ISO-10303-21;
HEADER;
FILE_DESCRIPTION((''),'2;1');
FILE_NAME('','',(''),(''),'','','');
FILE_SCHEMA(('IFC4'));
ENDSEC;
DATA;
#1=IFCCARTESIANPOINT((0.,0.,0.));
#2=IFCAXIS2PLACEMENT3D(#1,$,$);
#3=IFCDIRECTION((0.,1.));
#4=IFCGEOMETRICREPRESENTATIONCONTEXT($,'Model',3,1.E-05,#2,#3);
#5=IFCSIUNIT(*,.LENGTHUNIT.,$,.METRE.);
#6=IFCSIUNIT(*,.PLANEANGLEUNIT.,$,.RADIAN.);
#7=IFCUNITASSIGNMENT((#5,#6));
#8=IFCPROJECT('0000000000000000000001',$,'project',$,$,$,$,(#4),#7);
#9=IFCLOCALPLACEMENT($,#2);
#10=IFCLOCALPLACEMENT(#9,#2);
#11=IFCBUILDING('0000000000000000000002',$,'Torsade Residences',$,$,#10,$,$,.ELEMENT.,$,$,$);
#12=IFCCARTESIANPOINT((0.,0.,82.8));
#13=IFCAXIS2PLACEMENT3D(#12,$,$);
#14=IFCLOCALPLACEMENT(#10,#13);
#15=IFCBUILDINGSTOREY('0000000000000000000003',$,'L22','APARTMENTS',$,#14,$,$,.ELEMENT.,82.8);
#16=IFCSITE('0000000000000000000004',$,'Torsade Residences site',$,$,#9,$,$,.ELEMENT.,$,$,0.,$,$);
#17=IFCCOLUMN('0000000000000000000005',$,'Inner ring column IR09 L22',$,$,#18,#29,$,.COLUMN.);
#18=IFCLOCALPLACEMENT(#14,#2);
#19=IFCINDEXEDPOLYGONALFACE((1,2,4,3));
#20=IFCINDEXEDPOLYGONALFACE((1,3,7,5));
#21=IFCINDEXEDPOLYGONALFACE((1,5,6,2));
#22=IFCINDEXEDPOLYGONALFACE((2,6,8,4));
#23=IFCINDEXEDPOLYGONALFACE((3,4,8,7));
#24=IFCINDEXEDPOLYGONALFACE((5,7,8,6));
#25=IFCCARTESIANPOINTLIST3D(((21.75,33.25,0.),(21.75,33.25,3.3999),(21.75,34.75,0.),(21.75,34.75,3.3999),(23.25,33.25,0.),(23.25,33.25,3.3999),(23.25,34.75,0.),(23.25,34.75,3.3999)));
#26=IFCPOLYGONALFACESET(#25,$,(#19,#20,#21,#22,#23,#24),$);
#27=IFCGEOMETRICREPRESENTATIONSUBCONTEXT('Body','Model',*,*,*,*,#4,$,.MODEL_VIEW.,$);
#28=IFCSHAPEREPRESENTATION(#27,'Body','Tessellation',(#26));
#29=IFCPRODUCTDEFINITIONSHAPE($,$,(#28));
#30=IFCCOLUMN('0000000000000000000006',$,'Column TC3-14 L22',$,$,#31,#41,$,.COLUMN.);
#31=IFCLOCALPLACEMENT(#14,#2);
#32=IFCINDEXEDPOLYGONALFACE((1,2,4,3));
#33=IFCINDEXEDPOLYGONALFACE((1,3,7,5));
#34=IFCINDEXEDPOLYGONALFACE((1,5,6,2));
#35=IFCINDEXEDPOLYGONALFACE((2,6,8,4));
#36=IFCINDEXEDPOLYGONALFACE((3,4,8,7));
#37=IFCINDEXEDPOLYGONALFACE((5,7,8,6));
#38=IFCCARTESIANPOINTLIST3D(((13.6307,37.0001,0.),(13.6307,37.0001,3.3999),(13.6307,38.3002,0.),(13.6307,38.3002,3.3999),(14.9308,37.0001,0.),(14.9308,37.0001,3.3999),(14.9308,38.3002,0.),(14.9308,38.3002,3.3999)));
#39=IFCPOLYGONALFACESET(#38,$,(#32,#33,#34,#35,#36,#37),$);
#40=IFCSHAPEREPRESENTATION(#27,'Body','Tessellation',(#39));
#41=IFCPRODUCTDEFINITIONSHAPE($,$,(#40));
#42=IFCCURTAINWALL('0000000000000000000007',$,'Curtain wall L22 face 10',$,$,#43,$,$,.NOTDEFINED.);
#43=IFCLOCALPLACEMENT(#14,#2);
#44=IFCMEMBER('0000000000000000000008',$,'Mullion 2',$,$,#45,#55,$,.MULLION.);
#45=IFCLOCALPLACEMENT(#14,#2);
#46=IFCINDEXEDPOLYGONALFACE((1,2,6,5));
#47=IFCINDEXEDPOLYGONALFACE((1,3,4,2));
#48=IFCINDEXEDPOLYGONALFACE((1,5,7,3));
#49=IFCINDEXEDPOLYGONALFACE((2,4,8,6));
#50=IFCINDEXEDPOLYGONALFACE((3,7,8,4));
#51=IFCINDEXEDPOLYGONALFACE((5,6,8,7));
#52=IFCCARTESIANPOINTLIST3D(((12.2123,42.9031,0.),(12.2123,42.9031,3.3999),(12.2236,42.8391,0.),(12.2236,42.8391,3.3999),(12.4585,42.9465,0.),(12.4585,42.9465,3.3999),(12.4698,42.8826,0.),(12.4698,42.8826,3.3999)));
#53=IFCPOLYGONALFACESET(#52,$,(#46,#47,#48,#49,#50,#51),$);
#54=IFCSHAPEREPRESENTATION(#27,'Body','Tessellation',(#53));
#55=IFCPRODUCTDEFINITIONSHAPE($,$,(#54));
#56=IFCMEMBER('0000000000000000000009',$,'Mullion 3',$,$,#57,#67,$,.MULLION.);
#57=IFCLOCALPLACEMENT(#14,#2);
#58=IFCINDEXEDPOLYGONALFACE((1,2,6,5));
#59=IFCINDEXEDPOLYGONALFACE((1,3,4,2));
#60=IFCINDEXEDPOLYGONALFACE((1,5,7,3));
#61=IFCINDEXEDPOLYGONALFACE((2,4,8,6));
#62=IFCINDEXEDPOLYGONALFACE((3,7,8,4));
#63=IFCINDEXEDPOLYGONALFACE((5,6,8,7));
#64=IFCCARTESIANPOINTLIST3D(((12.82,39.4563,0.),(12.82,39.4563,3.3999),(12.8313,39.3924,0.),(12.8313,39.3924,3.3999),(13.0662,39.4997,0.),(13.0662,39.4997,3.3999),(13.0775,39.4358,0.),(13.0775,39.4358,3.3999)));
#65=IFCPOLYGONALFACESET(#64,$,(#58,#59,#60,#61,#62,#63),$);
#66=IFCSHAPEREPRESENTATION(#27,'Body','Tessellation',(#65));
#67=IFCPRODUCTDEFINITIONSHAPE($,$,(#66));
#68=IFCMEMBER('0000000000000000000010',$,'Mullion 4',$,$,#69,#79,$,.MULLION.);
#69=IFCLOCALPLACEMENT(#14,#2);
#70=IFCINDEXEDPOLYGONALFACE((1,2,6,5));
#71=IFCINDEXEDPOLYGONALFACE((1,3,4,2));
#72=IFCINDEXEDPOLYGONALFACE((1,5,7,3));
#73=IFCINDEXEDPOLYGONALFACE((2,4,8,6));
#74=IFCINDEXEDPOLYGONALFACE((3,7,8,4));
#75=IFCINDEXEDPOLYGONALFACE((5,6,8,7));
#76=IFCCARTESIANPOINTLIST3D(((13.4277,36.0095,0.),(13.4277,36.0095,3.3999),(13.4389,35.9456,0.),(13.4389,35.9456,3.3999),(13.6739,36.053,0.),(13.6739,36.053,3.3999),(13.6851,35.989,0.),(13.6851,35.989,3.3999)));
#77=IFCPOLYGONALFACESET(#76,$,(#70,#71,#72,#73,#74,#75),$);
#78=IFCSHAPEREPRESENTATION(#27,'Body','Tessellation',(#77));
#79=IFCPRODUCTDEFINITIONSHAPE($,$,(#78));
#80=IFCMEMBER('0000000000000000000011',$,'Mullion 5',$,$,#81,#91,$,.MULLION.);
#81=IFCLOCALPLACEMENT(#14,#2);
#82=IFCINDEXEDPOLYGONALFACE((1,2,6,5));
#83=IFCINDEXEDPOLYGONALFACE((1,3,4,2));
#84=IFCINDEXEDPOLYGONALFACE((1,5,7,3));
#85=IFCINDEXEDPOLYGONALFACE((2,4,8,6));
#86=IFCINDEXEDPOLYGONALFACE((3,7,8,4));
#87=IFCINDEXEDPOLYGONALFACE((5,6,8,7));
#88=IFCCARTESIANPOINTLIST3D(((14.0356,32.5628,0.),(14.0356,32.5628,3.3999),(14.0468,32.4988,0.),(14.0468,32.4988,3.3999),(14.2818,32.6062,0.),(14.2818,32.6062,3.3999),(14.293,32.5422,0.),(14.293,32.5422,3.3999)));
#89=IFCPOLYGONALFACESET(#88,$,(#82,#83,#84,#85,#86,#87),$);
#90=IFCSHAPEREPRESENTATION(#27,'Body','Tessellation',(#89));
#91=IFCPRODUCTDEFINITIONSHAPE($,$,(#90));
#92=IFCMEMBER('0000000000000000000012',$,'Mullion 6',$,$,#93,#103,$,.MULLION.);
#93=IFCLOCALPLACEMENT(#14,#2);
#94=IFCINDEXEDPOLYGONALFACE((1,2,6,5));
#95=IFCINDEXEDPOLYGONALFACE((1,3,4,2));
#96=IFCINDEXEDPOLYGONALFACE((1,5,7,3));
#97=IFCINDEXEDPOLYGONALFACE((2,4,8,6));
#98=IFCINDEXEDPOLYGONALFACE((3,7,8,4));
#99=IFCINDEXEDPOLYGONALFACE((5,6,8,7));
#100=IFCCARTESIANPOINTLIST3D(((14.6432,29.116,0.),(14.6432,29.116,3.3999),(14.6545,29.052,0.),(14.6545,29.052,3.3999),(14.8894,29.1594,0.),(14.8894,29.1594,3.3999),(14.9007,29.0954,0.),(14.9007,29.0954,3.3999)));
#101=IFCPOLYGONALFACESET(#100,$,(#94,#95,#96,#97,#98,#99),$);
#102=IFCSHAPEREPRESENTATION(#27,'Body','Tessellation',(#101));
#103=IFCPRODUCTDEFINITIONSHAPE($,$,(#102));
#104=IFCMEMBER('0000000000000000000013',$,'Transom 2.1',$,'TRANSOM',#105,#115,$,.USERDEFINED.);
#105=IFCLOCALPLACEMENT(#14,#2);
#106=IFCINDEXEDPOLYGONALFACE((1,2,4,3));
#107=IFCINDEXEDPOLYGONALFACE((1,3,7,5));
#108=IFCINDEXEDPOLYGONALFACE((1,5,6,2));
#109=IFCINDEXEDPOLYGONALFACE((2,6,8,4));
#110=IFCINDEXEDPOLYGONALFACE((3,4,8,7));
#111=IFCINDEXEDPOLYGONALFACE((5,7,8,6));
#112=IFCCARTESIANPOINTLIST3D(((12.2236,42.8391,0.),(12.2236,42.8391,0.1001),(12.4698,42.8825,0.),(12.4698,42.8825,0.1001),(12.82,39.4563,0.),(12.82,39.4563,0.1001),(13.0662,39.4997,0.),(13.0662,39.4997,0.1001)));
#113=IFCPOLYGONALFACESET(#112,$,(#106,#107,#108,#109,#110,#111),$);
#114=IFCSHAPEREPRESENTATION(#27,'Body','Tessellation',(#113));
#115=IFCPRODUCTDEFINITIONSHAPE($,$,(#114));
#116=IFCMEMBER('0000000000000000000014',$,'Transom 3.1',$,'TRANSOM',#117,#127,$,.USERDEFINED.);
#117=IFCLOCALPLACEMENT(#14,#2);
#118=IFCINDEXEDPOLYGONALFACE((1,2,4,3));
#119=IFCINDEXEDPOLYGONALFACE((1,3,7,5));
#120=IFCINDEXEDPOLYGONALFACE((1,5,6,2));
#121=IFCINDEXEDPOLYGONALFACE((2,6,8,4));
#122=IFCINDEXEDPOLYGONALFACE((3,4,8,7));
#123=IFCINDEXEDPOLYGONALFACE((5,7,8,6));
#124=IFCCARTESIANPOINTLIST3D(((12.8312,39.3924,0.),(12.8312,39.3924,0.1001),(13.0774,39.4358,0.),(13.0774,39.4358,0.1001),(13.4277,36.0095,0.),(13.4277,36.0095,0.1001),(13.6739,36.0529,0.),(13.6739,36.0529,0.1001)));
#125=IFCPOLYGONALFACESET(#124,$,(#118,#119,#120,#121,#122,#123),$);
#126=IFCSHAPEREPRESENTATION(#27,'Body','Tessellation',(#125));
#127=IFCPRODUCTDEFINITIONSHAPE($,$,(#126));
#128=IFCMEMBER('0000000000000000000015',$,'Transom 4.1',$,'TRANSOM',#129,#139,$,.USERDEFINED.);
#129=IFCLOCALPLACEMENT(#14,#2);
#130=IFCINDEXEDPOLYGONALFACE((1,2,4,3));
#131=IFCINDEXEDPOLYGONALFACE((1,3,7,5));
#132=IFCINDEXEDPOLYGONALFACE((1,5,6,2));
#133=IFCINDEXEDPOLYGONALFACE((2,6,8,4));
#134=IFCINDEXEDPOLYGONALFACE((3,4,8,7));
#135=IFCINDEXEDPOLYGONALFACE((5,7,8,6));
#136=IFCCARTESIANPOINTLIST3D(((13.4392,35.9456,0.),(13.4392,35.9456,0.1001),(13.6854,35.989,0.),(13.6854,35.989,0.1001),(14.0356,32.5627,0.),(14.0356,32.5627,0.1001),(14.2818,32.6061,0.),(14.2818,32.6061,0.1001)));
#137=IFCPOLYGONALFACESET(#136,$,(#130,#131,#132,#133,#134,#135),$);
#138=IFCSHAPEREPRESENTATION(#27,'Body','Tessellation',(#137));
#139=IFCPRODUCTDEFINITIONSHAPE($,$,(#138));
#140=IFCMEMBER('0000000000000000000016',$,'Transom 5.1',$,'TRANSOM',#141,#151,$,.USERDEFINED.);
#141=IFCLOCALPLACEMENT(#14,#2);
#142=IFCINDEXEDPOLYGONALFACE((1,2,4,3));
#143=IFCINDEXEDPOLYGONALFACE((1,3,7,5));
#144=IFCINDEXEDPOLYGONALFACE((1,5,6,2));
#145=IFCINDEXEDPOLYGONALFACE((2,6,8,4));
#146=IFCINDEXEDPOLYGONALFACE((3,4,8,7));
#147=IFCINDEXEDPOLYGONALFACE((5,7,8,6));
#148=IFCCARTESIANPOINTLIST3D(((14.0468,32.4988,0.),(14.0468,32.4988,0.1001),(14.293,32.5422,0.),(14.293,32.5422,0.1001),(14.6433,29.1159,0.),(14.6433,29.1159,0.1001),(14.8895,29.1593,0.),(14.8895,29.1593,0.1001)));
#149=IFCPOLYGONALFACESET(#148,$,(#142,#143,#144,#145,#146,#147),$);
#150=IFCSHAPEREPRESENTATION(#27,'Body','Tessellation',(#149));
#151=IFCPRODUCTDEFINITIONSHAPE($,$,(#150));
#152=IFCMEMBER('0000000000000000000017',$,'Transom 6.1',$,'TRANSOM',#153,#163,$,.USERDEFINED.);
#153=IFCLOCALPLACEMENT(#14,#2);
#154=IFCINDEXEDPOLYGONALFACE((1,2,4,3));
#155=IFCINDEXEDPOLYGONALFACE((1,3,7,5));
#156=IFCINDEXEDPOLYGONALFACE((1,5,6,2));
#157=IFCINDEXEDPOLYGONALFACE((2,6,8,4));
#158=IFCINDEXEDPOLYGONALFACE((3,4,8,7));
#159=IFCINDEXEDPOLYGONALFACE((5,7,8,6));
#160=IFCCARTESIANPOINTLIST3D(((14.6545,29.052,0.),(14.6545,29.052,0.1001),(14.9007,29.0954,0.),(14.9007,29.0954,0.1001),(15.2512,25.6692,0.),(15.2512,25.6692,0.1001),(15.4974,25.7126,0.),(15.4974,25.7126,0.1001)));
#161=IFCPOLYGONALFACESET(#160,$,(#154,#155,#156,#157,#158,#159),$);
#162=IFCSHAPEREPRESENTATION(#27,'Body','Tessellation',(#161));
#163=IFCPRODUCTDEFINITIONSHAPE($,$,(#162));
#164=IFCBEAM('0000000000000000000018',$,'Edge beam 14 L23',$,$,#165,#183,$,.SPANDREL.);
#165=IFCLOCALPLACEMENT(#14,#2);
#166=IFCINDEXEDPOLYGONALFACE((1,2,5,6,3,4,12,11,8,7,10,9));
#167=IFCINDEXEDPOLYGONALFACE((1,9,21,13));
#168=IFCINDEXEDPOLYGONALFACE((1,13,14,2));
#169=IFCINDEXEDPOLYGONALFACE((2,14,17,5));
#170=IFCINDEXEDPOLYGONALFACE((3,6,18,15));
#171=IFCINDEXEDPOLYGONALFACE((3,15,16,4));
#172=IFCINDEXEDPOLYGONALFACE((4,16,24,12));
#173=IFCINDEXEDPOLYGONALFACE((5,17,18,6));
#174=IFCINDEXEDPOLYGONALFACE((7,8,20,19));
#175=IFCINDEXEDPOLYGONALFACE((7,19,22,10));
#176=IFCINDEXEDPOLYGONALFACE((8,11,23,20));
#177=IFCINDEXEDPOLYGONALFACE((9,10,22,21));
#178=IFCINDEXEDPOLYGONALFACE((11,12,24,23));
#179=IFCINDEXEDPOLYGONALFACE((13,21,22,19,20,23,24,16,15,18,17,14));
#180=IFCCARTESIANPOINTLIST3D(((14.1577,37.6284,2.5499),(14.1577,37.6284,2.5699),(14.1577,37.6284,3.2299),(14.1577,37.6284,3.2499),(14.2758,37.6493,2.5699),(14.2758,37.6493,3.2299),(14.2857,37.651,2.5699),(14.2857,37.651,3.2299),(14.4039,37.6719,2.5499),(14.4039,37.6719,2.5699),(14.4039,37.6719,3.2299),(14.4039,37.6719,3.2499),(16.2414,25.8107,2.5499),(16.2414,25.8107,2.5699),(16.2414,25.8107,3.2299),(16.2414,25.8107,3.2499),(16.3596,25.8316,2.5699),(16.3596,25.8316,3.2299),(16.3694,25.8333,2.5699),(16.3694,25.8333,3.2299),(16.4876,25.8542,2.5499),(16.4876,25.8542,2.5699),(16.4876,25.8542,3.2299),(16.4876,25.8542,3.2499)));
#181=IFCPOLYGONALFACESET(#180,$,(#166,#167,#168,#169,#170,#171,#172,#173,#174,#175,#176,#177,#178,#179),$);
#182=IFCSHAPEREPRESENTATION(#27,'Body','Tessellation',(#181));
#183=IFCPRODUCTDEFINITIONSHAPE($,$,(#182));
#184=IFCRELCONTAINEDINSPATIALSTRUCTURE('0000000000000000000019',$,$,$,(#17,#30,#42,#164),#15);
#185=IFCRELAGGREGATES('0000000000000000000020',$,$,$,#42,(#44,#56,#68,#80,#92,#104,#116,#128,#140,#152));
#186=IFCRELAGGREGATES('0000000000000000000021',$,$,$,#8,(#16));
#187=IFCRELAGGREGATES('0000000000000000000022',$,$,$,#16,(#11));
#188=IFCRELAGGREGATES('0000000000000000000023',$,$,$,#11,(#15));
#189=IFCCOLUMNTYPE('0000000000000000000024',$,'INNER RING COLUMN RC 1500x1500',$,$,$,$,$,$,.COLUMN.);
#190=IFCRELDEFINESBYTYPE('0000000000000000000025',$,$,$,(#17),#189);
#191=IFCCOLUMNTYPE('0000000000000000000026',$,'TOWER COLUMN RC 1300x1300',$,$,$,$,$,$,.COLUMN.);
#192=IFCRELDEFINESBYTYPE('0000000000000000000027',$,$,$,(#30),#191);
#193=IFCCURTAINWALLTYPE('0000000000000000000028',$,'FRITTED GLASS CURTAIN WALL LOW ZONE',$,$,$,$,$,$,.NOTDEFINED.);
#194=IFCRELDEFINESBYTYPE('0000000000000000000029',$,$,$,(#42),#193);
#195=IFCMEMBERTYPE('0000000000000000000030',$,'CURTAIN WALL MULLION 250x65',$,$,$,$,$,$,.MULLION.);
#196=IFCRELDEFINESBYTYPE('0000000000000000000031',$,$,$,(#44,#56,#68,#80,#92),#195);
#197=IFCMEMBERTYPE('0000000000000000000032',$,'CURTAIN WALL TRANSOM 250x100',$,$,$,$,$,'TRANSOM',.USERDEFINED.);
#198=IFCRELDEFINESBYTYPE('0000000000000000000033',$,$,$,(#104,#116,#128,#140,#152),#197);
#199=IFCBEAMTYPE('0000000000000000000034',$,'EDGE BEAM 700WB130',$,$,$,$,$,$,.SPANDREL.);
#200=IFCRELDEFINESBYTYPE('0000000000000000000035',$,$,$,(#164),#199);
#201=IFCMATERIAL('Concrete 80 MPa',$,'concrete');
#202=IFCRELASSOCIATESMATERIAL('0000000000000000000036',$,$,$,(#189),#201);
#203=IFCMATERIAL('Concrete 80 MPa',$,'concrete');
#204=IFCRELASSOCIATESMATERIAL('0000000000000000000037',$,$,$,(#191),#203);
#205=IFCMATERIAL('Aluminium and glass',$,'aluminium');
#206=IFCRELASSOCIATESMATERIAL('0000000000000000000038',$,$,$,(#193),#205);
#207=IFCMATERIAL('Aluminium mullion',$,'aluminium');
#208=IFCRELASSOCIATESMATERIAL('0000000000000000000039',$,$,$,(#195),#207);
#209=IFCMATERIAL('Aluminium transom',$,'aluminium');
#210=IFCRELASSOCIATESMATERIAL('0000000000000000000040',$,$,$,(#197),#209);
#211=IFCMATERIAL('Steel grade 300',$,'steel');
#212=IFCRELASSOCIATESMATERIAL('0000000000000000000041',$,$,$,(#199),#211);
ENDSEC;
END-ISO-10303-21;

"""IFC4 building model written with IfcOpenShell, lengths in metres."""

from ifc_helpers import new_model, si_unit, direction, frame, origin, origin_2d, place, context, subcontext, project, spatial, rectangle, i_section, extrude, material, material_profile, profile_set, type_object, element, aggregate, save


model = new_model("IFC4")

# Units and contexts
model_context = context("Model", 3, precision=1e-05, world=origin(), true_north=direction((0.0, 1.0)))
body_context = subcontext(model_context, "Body", "Model", "MODEL_VIEW")
ifc_project = project(units=[si_unit("LENGTHUNIT", "METRE"), si_unit("PLANEANGLEUNIT", "RADIAN")], contexts=[model_context])

# Site, building, storey
site_placement = place(None, origin())
site = spatial("IfcSite", under=ifc_project, at=site_placement, Name="Torsade Residences site", CompositionType="ELEMENT", RefElevation=0.0)
building_placement = place(site_placement, origin())
building = spatial("IfcBuilding", under=site, at=building_placement, Name="Torsade Residences", CompositionType="ELEMENT")
storey_placement = place(building_placement, frame((0.0, 0.0, 82.8)))
storey = spatial("IfcBuildingStorey", under=building, at=storey_placement, Name="L22", Description="APARTMENTS", CompositionType="ELEMENT", Elevation=82.8)

# Columns
ifc_material_1 = material(Name="Concrete 80 MPa", Category="concrete")
ifc_material_profile_1 = material_profile(ifc_material_1, rectangle(XDim=1.5, YDim=1.5, at=origin_2d()), Name="RC 1500x1500")
ifc_profile_set_1 = profile_set([ifc_material_profile_1], Name="Concrete 80 MPa")
column_type_1 = type_object("IfcColumnType", Name="INNER RING COLUMN RC 1500x1500", PredefinedType="COLUMN", material=ifc_profile_set_1)
column_1_placement = place(storey_placement, frame((22.5, 34.0, 0.0), z_axis=(0.0, 0.0, 1.0), x_axis=(1.0, 0.0, 0.0)))
element("IfcColumn", 1, at=column_1_placement, inside=storey, type_object=column_type_1, Name="Inner ring column IR09 L22", PredefinedType="COLUMN", context=body_context, shape_type="SweptSolid", body=[
    extrude(rectangle(XDim=1.5, YDim=1.5, at=origin_2d()), origin(), (0.0, 0.0, 1.0), 3.3999),
])
ifc_material_2 = material(Name="Concrete 80 MPa", Category="concrete")
ifc_material_profile_2 = material_profile(ifc_material_2, rectangle(XDim=1.3, YDim=1.3, at=origin_2d()), Name="RC 1300x1300")
ifc_profile_set_2 = profile_set([ifc_material_profile_2], Name="Concrete 80 MPa")
column_type_2 = type_object("IfcColumnType", Name="TOWER COLUMN RC 1300x1300", PredefinedType="COLUMN", material=ifc_profile_set_2)
column_2_placement = place(storey_placement, frame((14.2808, 37.6501, 0.0), z_axis=(0.0, 0.0, 1.0), x_axis=(1.0, 0.0, 0.0)))
element("IfcColumn", 2, at=column_2_placement, inside=storey, type_object=column_type_2, Name="Column TC3-14 L22", PredefinedType="COLUMN", context=body_context, shape_type="SweptSolid", body=[
    extrude(rectangle(XDim=1.3, YDim=1.3, at=origin_2d()), origin(), (0.0, 0.0, 1.0), 3.3999),
])

# Curtain wall, members
ifc_material_3 = material(Name="Aluminium and glass", Category="aluminium")
curtain_wall_type = type_object("IfcCurtainWallType", Name="FRITTED GLASS CURTAIN WALL LOW ZONE", PredefinedType="NOTDEFINED", material=ifc_material_3)
curtain_wall_placement = place(storey_placement, origin())
curtain_wall = element("IfcCurtainWall", 3, at=curtain_wall_placement, inside=storey, type_object=curtain_wall_type, Name="Curtain wall L22 face 10", PredefinedType="NOTDEFINED")
ifc_material_4 = material(Name="Aluminium mullion", Category="aluminium")
ifc_material_profile_3 = material_profile(ifc_material_4, rectangle(XDim=0.25, YDim=0.0649, at=origin_2d()), Name="CURTAIN WALL MULLION 250x65")
ifc_profile_set_3 = profile_set([ifc_material_profile_3], Name="Aluminium mullion")
member_type_1 = type_object("IfcMemberType", Name="CURTAIN WALL MULLION 250x65", PredefinedType="MULLION", material=ifc_profile_set_3)
member_1_placement = place(storey_placement, frame((12.3411, 42.8928, 0.0), z_axis=(0.0, 0.0, 1.0), x_axis=(0.984808, 0.173648, 0.0)))
member_1 = element("IfcMember", 4, at=member_1_placement, type_object=member_type_1, Name="Mullion 2", PredefinedType="MULLION", context=body_context, shape_type="SweptSolid", body=[
    extrude(rectangle(XDim=0.25, YDim=0.0649, at=origin_2d()), origin(), (0.0, 0.0, 1.0), 3.3999),
])
member_2_placement = place(storey_placement, frame((12.9487, 39.446, 0.0), z_axis=(0.0, 0.0, 1.0), x_axis=(0.984808, 0.173648, 0.0)))
member_2 = element("IfcMember", 5, at=member_2_placement, type_object=member_type_1, Name="Mullion 3", PredefinedType="MULLION", context=body_context, shape_type="SweptSolid", body=[
    extrude(rectangle(XDim=0.25, YDim=0.0649, at=origin_2d()), origin(), (0.0, 0.0, 1.0), 3.3999),
])
member_3_placement = place(storey_placement, frame((13.5564, 35.9993, 0.0), z_axis=(0.0, 0.0, 1.0), x_axis=(0.984808, 0.173648, 0.0)))
member_3 = element("IfcMember", 6, at=member_3_placement, type_object=member_type_1, Name="Mullion 4", PredefinedType="MULLION", context=body_context, shape_type="SweptSolid", body=[
    extrude(rectangle(XDim=0.25, YDim=0.0649, at=origin_2d()), origin(), (0.0, 0.0, 1.0), 3.3999),
])
member_4_placement = place(storey_placement, frame((14.1643, 32.5525, 0.0), z_axis=(0.0, 0.0, 1.0), x_axis=(0.984808, 0.173648, 0.0)))
member_4 = element("IfcMember", 7, at=member_4_placement, type_object=member_type_1, Name="Mullion 5", PredefinedType="MULLION", context=body_context, shape_type="SweptSolid", body=[
    extrude(rectangle(XDim=0.25, YDim=0.0649, at=origin_2d()), origin(), (0.0, 0.0, 1.0), 3.3999),
])
member_5_placement = place(storey_placement, frame((14.772, 29.1057, 0.0), z_axis=(0.0, 0.0, 1.0), x_axis=(0.984808, 0.173648, 0.0)))
member_5 = element("IfcMember", 8, at=member_5_placement, type_object=member_type_1, Name="Mullion 6", PredefinedType="MULLION", context=body_context, shape_type="SweptSolid", body=[
    extrude(rectangle(XDim=0.25, YDim=0.0649, at=origin_2d()), origin(), (0.0, 0.0, 1.0), 3.3999),
])
ifc_material_5 = material(Name="Aluminium transom", Category="aluminium")
ifc_material_profile_4 = material_profile(ifc_material_5, rectangle(XDim=0.25, YDim=0.1001, at=origin_2d()), Name="CURTAIN WALL TRANSOM 250x100")
ifc_profile_set_4 = profile_set([ifc_material_profile_4], Name="Aluminium transom")
member_type_2 = type_object("IfcMemberType", Name="CURTAIN WALL TRANSOM 250x100", ElementType="TRANSOM", PredefinedType="USERDEFINED", material=ifc_profile_set_4)
member_6_placement = place(storey_placement, frame((12.3467, 42.8608, 0.05), z_axis=(0.173635, -0.98481, 0.0), x_axis=(0.98481, 0.173635, 0.0)))
member_6 = element("IfcMember", 9, at=member_6_placement, type_object=member_type_2, Name="Transom 2.1", ObjectType="TRANSOM", PredefinedType="USERDEFINED", context=body_context, shape_type="SweptSolid", body=[
    extrude(rectangle(XDim=0.25, YDim=0.1001, at=origin_2d()), origin(), (0.0, 0.0, 1.0), 3.4351),
])
member_7_placement = place(storey_placement, frame((12.9543, 39.4141, 0.05), z_axis=(0.173635, -0.98481, 0.0), x_axis=(0.98481, 0.173635, 0.0)))
member_7 = element("IfcMember", 10, at=member_7_placement, type_object=member_type_2, Name="Transom 3.1", ObjectType="TRANSOM", PredefinedType="USERDEFINED", context=body_context, shape_type="SweptSolid", body=[
    extrude(rectangle(XDim=0.25, YDim=0.1001, at=origin_2d()), origin(), (0.0, 0.0, 1.0), 3.4351),
])
member_8_placement = place(storey_placement, frame((13.5623, 35.9673, 0.05), z_axis=(0.173635, -0.98481, 0.0), x_axis=(0.98481, 0.173635, 0.0)))
member_8 = element("IfcMember", 11, at=member_8_placement, type_object=member_type_2, Name="Transom 4.1", ObjectType="TRANSOM", PredefinedType="USERDEFINED", context=body_context, shape_type="SweptSolid", body=[
    extrude(rectangle(XDim=0.25, YDim=0.1001, at=origin_2d()), origin(), (0.0, 0.0, 1.0), 3.4351),
])
member_9_placement = place(storey_placement, frame((14.1699, 32.5205, 0.05), z_axis=(0.173635, -0.98481, 0.0), x_axis=(0.98481, 0.173635, 0.0)))
member_9 = element("IfcMember", 12, at=member_9_placement, type_object=member_type_2, Name="Transom 5.1", ObjectType="TRANSOM", PredefinedType="USERDEFINED", context=body_context, shape_type="SweptSolid", body=[
    extrude(rectangle(XDim=0.25, YDim=0.1001, at=origin_2d()), origin(), (0.0, 0.0, 1.0), 3.4351),
])
member_10_placement = place(storey_placement, frame((14.7776, 29.0737, 0.05), z_axis=(0.173704, -0.984798, 0.0), x_axis=(0.984798, 0.173704, 0.0)))
member_10 = element("IfcMember", 13, at=member_10_placement, type_object=member_type_2, Name="Transom 6.1", ObjectType="TRANSOM", PredefinedType="USERDEFINED", context=body_context, shape_type="SweptSolid", body=[
    extrude(rectangle(XDim=0.25, YDim=0.1001, at=origin_2d()), origin(), (0.0, 0.0, 1.0), 3.4351),
])

# Beam
ifc_material_6 = material(Name="Steel grade 300", Category="steel")
ifc_material_profile_5 = material_profile(ifc_material_6, i_section(OverallWidth=0.25, OverallDepth=0.7, WebThickness=0.01, FlangeThickness=0.02, at=origin_2d()), Name="700WB130")
ifc_profile_set_5 = profile_set([ifc_material_profile_5], Name="Steel grade 300")
beam_type_1 = type_object("IfcBeamType", Name="EDGE BEAM 700WB130", PredefinedType="SPANDREL", material=ifc_profile_set_5)
beam_1_placement = place(storey_placement, frame((14.2808, 37.6501, 2.8999), z_axis=(0.173646, -0.984808, 0.0), x_axis=(0.984808, 0.173646, 0.0)))
element("IfcBeam", 14, at=beam_1_placement, inside=storey, type_object=beam_type_1, Name="Edge beam 14 L23", PredefinedType="SPANDREL", context=body_context, shape_type="SweptSolid", body=[
    extrude(i_section(OverallWidth=0.25, OverallDepth=0.7, WebThickness=0.01, FlangeThickness=0.02, at=origin_2d()), origin(), (0.0, 0.0, 1.0), 12.0),
])

aggregate(curtain_wall, [member_1, member_2, member_3, member_4, member_5, member_6, member_7, member_8, member_9, member_10])

save(model, "model.ifc")
